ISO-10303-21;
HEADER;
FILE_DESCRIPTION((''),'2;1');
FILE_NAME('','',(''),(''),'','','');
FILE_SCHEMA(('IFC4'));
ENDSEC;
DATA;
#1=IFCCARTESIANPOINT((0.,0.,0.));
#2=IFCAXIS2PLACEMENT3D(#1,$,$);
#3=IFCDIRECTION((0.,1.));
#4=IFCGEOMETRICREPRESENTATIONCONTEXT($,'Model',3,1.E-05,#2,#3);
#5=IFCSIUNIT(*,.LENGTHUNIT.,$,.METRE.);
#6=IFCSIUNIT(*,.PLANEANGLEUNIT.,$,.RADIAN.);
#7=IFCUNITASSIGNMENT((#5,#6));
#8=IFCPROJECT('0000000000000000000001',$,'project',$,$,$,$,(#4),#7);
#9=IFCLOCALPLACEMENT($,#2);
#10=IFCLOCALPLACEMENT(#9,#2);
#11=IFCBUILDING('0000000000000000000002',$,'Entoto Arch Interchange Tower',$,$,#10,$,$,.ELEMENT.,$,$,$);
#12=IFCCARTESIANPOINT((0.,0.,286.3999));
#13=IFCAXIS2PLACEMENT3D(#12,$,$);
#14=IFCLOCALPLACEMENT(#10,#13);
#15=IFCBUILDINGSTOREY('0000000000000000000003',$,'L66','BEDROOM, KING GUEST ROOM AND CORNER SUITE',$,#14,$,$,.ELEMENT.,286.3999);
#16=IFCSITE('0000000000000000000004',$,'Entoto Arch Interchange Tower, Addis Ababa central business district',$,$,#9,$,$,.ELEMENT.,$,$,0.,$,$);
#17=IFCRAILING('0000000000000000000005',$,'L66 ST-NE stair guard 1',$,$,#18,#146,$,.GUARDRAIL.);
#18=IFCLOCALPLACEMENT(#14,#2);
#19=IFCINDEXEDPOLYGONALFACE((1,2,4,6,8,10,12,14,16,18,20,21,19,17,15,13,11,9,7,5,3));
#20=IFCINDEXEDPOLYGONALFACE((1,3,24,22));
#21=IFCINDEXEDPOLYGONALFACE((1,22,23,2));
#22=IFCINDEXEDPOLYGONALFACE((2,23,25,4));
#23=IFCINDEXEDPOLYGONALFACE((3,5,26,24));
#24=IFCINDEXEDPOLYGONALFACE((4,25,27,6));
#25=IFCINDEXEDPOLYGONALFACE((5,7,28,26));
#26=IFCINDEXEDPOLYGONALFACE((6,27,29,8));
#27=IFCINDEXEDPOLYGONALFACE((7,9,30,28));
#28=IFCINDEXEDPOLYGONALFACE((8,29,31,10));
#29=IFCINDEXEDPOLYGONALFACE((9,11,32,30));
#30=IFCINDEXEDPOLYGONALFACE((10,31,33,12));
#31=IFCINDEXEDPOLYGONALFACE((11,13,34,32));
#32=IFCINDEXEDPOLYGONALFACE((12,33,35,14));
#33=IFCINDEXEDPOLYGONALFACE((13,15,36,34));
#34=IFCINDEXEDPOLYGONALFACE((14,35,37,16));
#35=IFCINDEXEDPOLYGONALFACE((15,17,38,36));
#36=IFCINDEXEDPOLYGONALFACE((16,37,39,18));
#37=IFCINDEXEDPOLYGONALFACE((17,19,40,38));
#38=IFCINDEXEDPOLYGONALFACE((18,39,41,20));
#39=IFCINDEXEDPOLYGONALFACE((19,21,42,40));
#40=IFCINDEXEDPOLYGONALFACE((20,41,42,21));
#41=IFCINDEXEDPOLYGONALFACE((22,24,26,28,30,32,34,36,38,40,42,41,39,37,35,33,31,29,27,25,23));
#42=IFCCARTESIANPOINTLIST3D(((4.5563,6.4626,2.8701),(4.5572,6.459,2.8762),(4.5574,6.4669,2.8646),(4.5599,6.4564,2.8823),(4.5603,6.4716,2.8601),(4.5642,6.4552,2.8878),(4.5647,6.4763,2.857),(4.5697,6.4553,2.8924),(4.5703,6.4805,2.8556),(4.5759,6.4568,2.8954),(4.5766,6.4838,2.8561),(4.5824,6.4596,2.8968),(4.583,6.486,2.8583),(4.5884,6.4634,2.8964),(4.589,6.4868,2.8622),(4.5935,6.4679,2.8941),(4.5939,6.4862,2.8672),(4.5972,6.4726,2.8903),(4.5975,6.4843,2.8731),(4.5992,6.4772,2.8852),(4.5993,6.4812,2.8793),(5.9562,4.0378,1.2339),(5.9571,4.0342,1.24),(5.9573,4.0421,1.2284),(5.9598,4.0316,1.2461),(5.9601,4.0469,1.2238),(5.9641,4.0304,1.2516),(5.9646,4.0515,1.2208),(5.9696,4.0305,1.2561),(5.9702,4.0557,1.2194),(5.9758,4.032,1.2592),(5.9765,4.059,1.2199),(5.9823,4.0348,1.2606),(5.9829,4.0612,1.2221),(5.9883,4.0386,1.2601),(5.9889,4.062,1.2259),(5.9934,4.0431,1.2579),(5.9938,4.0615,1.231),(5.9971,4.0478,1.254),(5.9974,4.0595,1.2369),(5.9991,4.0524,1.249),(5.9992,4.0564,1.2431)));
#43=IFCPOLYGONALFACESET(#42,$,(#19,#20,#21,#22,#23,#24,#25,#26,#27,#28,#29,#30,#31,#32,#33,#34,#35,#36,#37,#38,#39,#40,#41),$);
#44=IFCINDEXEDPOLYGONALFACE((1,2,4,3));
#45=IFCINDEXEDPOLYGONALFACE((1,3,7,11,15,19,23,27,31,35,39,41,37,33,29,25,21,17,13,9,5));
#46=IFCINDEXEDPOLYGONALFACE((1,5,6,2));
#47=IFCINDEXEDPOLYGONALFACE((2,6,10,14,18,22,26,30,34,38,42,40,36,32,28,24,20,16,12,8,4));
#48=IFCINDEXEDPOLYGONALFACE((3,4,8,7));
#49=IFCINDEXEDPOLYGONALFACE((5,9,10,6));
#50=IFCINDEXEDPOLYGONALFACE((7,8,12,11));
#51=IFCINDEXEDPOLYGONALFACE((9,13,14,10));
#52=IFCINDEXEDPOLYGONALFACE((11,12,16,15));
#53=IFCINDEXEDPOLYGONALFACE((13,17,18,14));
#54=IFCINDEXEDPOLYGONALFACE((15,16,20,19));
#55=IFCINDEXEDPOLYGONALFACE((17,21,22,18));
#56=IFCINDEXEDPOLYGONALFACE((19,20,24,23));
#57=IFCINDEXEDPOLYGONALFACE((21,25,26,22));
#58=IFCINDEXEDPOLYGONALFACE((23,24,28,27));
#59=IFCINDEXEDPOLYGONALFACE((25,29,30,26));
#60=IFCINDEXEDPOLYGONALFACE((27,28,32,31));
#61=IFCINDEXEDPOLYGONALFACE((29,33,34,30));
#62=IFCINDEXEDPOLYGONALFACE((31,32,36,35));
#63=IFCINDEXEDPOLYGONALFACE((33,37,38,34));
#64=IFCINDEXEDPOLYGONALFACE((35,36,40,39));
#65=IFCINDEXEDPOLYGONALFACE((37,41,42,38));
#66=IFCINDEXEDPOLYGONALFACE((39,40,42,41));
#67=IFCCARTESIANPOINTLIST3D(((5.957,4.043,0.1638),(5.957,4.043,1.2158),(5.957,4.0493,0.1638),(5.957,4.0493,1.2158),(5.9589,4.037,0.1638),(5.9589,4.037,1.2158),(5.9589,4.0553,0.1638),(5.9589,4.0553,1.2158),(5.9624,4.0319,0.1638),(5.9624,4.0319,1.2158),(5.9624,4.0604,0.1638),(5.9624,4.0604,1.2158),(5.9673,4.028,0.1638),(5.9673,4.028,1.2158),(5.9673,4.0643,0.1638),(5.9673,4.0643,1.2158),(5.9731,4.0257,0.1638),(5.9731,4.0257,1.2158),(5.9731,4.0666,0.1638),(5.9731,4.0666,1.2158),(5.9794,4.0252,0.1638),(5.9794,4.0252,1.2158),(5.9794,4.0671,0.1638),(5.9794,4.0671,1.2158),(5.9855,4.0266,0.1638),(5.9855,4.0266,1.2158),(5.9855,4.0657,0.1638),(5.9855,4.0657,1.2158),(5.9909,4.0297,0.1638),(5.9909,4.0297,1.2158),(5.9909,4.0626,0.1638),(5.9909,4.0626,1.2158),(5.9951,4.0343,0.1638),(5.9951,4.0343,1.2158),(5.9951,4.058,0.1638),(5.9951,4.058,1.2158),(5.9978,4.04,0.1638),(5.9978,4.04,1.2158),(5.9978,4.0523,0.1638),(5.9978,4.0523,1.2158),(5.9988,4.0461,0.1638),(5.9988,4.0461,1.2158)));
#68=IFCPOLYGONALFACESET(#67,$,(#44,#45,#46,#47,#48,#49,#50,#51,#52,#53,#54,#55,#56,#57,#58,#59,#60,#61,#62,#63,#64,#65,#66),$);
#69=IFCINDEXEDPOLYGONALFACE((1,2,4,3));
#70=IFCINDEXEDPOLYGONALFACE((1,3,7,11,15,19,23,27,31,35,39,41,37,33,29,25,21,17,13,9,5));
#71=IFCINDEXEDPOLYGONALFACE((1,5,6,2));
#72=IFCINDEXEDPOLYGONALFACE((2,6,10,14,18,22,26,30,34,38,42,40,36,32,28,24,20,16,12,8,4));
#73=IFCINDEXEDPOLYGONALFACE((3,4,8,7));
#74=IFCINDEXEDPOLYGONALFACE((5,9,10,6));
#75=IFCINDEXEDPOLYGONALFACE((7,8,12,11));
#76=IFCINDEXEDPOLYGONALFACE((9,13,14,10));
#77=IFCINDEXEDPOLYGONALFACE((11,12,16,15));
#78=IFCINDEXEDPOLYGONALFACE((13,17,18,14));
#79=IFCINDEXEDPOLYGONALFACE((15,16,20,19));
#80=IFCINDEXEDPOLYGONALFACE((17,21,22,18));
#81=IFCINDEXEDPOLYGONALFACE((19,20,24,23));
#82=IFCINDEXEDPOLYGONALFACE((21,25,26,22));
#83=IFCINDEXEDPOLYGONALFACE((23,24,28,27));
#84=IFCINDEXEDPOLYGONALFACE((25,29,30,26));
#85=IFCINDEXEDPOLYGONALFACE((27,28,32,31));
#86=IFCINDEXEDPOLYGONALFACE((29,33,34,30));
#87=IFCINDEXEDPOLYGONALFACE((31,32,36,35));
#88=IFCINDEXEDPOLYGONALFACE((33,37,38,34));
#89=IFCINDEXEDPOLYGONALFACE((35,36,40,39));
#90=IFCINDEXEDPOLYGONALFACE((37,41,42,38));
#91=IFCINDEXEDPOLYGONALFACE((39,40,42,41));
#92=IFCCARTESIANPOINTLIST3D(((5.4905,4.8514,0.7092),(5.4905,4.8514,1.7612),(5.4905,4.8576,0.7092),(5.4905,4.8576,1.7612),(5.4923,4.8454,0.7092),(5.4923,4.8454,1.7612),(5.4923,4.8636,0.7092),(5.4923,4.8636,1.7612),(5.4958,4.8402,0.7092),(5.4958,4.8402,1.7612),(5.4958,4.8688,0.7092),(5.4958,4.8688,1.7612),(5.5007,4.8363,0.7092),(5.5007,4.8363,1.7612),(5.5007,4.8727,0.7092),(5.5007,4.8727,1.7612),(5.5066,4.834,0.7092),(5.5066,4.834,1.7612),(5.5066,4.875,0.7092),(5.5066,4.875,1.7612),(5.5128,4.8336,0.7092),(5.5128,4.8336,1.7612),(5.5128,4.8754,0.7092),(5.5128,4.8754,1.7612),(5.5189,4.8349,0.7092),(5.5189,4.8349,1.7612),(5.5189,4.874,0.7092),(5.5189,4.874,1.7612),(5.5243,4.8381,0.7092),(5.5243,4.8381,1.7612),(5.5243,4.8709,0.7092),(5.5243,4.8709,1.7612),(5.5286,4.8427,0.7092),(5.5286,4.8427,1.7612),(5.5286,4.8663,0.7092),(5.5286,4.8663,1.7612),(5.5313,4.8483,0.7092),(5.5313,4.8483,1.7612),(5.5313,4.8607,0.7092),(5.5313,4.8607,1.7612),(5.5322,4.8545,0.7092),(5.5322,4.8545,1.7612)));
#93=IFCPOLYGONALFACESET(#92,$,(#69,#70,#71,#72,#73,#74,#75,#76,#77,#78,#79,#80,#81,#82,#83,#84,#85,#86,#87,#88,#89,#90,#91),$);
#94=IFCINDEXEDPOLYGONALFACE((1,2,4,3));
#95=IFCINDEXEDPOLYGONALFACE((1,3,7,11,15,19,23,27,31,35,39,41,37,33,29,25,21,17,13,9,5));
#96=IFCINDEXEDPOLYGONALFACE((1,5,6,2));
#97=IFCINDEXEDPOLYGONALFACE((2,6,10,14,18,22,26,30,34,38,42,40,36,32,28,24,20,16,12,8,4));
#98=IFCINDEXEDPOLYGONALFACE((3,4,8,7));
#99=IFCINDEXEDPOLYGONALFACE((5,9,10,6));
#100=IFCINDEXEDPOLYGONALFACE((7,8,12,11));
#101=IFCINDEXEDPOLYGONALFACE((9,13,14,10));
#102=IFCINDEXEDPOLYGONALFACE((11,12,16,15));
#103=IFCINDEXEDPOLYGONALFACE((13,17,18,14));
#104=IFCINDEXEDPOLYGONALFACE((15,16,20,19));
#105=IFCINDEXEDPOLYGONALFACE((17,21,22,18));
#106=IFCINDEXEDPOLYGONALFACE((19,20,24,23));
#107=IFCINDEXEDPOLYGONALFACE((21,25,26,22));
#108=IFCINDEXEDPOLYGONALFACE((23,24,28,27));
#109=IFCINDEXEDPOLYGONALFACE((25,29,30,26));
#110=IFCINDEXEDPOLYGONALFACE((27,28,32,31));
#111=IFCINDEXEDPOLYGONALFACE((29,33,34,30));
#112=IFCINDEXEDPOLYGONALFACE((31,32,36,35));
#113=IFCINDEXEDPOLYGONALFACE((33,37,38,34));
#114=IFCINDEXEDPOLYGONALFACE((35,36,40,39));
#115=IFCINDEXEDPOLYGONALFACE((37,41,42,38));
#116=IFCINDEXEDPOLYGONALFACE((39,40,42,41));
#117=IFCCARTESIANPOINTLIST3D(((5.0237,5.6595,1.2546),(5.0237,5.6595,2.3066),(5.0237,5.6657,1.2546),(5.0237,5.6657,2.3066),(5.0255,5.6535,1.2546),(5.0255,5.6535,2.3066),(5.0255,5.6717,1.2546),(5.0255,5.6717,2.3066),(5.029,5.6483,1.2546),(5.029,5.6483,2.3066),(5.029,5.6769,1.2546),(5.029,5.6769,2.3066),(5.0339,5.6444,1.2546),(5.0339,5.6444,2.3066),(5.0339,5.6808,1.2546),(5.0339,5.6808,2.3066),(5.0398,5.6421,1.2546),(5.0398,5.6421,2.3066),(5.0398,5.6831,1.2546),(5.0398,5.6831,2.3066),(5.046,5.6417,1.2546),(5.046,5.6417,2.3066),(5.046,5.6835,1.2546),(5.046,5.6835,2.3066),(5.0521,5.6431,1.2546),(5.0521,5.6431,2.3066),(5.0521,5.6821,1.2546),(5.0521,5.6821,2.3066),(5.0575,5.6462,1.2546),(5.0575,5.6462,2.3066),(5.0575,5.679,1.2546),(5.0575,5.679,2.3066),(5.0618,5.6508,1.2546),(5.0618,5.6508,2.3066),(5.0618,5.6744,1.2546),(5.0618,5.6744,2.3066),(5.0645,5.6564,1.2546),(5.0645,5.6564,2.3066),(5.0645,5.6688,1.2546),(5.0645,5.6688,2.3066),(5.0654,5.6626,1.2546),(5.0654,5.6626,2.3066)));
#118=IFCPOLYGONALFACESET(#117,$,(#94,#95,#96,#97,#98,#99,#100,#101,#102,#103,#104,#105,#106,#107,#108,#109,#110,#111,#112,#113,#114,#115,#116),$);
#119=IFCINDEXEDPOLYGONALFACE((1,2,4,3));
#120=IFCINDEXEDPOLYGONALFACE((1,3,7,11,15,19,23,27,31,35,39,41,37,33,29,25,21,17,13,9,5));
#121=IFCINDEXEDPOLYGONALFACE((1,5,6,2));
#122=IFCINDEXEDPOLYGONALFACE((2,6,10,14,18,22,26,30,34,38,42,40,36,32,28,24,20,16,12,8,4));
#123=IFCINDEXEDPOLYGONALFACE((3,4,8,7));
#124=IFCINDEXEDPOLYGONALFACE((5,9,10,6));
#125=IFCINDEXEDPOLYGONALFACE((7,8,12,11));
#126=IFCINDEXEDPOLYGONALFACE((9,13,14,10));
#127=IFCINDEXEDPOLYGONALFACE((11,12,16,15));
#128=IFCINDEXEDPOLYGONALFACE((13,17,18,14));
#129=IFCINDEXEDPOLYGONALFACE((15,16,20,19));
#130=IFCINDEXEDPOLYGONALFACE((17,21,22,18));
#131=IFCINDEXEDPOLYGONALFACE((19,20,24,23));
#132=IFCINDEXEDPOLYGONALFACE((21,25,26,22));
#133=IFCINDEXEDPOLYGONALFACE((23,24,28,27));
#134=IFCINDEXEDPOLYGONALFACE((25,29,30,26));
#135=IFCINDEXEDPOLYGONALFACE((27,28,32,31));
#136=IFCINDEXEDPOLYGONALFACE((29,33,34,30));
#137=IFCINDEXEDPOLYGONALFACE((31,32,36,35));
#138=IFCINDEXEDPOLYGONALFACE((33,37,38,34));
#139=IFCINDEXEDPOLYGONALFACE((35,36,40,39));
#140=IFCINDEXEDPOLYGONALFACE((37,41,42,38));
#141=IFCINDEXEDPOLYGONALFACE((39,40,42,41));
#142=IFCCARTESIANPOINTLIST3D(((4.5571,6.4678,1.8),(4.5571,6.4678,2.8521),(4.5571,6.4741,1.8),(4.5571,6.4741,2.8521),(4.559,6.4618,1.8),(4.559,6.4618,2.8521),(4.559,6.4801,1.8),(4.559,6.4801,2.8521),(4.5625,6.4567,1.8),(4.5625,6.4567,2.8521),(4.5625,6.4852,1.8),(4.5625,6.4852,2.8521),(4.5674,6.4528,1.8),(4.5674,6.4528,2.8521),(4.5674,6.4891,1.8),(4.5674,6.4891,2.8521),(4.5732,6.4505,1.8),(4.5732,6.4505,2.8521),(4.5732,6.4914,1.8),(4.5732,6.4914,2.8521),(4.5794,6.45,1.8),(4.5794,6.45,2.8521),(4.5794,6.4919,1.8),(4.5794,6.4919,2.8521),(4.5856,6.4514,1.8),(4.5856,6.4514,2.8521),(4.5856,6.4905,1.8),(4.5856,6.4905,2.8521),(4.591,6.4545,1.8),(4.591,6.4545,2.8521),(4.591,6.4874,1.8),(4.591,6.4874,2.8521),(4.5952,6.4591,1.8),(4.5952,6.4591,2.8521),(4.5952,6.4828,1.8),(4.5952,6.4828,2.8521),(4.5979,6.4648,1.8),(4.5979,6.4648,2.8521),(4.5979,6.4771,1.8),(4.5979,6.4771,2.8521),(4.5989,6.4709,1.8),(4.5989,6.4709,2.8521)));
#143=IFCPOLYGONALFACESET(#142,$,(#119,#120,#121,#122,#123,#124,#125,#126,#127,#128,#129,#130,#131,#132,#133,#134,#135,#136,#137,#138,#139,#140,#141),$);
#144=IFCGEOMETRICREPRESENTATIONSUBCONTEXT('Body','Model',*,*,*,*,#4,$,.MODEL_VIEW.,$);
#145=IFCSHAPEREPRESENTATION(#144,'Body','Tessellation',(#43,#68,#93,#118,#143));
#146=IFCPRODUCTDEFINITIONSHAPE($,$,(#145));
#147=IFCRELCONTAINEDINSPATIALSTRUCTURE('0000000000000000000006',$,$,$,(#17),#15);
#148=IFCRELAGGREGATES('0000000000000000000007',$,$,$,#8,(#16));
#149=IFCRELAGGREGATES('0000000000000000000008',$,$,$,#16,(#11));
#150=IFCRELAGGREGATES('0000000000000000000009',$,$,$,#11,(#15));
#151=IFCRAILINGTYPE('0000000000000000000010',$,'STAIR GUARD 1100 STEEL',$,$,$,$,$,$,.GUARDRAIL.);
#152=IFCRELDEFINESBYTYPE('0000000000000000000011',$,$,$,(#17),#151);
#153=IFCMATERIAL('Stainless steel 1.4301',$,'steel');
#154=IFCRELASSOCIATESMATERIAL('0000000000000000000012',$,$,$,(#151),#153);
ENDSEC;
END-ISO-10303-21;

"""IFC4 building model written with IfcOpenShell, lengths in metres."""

from ifc_helpers import new_model, si_unit, direction, frame, origin, origin_2d, place, context, subcontext, project, spatial, circle, extrude, material, type_object, element, save


model = new_model("IFC4")

# Units and contexts
model_context = context("Model", 3, precision=1e-05, world=origin(), true_north=direction((0.0, 1.0)))
body_context = subcontext(model_context, "Body", "Model", "MODEL_VIEW")
ifc_project = project(units=[si_unit("LENGTHUNIT", "METRE"), si_unit("PLANEANGLEUNIT", "RADIAN")], contexts=[model_context])

# Site, building, storey
site_placement = place(None, origin())
site = spatial("IfcSite", under=ifc_project, at=site_placement, Name="Entoto Arch Interchange Tower, Addis Ababa central business district", CompositionType="ELEMENT", RefElevation=0.0)
building_placement = place(site_placement, origin())
building = spatial("IfcBuilding", under=site, at=building_placement, Name="Entoto Arch Interchange Tower", CompositionType="ELEMENT")
storey_placement = place(building_placement, frame((0.0, 0.0, 286.3999)))
storey = spatial("IfcBuildingStorey", under=building, at=storey_placement, Name="L66", Description="BEDROOM, KING GUEST ROOM AND CORNER SUITE", CompositionType="ELEMENT", Elevation=286.3999)

# Railing
ifc_material_1 = material(Name="Stainless steel 1.4301", Category="steel")
railing_type_1 = type_object("IfcRailingType", Name="STAIR GUARD 1100 STEEL", PredefinedType="GUARDRAIL", material=ifc_material_1)
railing_1_placement = place(storey_placement, frame((5.9778, 4.0461, 0.1638)))
element("IfcRailing", 1, at=railing_1_placement, inside=storey, type_object=railing_type_1, Name="L66 ST-NE stair guard 1", PredefinedType="GUARDRAIL", context=body_context, shape_type="SweptSolid", body=[
    extrude(circle(Radius=0.0239, at=origin_2d()), frame((0.0, 0.0, 1.0762), z_axis=(-0.431677, 0.747718, 0.504552), x_axis=(-0.866035, -0.499984, 0.0)), (0.0, 0.0, 1.0), 3.2429),
    extrude(circle(Radius=0.021, at=origin_2d()), origin(), (0.0, 0.0, 1.0), 1.052),
    extrude(circle(Radius=0.021, at=origin_2d()), frame((-0.4666, 0.8083, 0.5454)), (0.0, 0.0, 1.0), 1.052),
    extrude(circle(Radius=0.021, at=origin_2d()), frame((-0.9333, 1.6165, 1.0908)), (0.0, 0.0, 1.0), 1.052),
    extrude(circle(Radius=0.021, at=origin_2d()), frame((-1.3999, 2.4248, 1.6362)), (0.0, 0.0, 1.0), 1.052),
])

save(model, "model.ifc")
